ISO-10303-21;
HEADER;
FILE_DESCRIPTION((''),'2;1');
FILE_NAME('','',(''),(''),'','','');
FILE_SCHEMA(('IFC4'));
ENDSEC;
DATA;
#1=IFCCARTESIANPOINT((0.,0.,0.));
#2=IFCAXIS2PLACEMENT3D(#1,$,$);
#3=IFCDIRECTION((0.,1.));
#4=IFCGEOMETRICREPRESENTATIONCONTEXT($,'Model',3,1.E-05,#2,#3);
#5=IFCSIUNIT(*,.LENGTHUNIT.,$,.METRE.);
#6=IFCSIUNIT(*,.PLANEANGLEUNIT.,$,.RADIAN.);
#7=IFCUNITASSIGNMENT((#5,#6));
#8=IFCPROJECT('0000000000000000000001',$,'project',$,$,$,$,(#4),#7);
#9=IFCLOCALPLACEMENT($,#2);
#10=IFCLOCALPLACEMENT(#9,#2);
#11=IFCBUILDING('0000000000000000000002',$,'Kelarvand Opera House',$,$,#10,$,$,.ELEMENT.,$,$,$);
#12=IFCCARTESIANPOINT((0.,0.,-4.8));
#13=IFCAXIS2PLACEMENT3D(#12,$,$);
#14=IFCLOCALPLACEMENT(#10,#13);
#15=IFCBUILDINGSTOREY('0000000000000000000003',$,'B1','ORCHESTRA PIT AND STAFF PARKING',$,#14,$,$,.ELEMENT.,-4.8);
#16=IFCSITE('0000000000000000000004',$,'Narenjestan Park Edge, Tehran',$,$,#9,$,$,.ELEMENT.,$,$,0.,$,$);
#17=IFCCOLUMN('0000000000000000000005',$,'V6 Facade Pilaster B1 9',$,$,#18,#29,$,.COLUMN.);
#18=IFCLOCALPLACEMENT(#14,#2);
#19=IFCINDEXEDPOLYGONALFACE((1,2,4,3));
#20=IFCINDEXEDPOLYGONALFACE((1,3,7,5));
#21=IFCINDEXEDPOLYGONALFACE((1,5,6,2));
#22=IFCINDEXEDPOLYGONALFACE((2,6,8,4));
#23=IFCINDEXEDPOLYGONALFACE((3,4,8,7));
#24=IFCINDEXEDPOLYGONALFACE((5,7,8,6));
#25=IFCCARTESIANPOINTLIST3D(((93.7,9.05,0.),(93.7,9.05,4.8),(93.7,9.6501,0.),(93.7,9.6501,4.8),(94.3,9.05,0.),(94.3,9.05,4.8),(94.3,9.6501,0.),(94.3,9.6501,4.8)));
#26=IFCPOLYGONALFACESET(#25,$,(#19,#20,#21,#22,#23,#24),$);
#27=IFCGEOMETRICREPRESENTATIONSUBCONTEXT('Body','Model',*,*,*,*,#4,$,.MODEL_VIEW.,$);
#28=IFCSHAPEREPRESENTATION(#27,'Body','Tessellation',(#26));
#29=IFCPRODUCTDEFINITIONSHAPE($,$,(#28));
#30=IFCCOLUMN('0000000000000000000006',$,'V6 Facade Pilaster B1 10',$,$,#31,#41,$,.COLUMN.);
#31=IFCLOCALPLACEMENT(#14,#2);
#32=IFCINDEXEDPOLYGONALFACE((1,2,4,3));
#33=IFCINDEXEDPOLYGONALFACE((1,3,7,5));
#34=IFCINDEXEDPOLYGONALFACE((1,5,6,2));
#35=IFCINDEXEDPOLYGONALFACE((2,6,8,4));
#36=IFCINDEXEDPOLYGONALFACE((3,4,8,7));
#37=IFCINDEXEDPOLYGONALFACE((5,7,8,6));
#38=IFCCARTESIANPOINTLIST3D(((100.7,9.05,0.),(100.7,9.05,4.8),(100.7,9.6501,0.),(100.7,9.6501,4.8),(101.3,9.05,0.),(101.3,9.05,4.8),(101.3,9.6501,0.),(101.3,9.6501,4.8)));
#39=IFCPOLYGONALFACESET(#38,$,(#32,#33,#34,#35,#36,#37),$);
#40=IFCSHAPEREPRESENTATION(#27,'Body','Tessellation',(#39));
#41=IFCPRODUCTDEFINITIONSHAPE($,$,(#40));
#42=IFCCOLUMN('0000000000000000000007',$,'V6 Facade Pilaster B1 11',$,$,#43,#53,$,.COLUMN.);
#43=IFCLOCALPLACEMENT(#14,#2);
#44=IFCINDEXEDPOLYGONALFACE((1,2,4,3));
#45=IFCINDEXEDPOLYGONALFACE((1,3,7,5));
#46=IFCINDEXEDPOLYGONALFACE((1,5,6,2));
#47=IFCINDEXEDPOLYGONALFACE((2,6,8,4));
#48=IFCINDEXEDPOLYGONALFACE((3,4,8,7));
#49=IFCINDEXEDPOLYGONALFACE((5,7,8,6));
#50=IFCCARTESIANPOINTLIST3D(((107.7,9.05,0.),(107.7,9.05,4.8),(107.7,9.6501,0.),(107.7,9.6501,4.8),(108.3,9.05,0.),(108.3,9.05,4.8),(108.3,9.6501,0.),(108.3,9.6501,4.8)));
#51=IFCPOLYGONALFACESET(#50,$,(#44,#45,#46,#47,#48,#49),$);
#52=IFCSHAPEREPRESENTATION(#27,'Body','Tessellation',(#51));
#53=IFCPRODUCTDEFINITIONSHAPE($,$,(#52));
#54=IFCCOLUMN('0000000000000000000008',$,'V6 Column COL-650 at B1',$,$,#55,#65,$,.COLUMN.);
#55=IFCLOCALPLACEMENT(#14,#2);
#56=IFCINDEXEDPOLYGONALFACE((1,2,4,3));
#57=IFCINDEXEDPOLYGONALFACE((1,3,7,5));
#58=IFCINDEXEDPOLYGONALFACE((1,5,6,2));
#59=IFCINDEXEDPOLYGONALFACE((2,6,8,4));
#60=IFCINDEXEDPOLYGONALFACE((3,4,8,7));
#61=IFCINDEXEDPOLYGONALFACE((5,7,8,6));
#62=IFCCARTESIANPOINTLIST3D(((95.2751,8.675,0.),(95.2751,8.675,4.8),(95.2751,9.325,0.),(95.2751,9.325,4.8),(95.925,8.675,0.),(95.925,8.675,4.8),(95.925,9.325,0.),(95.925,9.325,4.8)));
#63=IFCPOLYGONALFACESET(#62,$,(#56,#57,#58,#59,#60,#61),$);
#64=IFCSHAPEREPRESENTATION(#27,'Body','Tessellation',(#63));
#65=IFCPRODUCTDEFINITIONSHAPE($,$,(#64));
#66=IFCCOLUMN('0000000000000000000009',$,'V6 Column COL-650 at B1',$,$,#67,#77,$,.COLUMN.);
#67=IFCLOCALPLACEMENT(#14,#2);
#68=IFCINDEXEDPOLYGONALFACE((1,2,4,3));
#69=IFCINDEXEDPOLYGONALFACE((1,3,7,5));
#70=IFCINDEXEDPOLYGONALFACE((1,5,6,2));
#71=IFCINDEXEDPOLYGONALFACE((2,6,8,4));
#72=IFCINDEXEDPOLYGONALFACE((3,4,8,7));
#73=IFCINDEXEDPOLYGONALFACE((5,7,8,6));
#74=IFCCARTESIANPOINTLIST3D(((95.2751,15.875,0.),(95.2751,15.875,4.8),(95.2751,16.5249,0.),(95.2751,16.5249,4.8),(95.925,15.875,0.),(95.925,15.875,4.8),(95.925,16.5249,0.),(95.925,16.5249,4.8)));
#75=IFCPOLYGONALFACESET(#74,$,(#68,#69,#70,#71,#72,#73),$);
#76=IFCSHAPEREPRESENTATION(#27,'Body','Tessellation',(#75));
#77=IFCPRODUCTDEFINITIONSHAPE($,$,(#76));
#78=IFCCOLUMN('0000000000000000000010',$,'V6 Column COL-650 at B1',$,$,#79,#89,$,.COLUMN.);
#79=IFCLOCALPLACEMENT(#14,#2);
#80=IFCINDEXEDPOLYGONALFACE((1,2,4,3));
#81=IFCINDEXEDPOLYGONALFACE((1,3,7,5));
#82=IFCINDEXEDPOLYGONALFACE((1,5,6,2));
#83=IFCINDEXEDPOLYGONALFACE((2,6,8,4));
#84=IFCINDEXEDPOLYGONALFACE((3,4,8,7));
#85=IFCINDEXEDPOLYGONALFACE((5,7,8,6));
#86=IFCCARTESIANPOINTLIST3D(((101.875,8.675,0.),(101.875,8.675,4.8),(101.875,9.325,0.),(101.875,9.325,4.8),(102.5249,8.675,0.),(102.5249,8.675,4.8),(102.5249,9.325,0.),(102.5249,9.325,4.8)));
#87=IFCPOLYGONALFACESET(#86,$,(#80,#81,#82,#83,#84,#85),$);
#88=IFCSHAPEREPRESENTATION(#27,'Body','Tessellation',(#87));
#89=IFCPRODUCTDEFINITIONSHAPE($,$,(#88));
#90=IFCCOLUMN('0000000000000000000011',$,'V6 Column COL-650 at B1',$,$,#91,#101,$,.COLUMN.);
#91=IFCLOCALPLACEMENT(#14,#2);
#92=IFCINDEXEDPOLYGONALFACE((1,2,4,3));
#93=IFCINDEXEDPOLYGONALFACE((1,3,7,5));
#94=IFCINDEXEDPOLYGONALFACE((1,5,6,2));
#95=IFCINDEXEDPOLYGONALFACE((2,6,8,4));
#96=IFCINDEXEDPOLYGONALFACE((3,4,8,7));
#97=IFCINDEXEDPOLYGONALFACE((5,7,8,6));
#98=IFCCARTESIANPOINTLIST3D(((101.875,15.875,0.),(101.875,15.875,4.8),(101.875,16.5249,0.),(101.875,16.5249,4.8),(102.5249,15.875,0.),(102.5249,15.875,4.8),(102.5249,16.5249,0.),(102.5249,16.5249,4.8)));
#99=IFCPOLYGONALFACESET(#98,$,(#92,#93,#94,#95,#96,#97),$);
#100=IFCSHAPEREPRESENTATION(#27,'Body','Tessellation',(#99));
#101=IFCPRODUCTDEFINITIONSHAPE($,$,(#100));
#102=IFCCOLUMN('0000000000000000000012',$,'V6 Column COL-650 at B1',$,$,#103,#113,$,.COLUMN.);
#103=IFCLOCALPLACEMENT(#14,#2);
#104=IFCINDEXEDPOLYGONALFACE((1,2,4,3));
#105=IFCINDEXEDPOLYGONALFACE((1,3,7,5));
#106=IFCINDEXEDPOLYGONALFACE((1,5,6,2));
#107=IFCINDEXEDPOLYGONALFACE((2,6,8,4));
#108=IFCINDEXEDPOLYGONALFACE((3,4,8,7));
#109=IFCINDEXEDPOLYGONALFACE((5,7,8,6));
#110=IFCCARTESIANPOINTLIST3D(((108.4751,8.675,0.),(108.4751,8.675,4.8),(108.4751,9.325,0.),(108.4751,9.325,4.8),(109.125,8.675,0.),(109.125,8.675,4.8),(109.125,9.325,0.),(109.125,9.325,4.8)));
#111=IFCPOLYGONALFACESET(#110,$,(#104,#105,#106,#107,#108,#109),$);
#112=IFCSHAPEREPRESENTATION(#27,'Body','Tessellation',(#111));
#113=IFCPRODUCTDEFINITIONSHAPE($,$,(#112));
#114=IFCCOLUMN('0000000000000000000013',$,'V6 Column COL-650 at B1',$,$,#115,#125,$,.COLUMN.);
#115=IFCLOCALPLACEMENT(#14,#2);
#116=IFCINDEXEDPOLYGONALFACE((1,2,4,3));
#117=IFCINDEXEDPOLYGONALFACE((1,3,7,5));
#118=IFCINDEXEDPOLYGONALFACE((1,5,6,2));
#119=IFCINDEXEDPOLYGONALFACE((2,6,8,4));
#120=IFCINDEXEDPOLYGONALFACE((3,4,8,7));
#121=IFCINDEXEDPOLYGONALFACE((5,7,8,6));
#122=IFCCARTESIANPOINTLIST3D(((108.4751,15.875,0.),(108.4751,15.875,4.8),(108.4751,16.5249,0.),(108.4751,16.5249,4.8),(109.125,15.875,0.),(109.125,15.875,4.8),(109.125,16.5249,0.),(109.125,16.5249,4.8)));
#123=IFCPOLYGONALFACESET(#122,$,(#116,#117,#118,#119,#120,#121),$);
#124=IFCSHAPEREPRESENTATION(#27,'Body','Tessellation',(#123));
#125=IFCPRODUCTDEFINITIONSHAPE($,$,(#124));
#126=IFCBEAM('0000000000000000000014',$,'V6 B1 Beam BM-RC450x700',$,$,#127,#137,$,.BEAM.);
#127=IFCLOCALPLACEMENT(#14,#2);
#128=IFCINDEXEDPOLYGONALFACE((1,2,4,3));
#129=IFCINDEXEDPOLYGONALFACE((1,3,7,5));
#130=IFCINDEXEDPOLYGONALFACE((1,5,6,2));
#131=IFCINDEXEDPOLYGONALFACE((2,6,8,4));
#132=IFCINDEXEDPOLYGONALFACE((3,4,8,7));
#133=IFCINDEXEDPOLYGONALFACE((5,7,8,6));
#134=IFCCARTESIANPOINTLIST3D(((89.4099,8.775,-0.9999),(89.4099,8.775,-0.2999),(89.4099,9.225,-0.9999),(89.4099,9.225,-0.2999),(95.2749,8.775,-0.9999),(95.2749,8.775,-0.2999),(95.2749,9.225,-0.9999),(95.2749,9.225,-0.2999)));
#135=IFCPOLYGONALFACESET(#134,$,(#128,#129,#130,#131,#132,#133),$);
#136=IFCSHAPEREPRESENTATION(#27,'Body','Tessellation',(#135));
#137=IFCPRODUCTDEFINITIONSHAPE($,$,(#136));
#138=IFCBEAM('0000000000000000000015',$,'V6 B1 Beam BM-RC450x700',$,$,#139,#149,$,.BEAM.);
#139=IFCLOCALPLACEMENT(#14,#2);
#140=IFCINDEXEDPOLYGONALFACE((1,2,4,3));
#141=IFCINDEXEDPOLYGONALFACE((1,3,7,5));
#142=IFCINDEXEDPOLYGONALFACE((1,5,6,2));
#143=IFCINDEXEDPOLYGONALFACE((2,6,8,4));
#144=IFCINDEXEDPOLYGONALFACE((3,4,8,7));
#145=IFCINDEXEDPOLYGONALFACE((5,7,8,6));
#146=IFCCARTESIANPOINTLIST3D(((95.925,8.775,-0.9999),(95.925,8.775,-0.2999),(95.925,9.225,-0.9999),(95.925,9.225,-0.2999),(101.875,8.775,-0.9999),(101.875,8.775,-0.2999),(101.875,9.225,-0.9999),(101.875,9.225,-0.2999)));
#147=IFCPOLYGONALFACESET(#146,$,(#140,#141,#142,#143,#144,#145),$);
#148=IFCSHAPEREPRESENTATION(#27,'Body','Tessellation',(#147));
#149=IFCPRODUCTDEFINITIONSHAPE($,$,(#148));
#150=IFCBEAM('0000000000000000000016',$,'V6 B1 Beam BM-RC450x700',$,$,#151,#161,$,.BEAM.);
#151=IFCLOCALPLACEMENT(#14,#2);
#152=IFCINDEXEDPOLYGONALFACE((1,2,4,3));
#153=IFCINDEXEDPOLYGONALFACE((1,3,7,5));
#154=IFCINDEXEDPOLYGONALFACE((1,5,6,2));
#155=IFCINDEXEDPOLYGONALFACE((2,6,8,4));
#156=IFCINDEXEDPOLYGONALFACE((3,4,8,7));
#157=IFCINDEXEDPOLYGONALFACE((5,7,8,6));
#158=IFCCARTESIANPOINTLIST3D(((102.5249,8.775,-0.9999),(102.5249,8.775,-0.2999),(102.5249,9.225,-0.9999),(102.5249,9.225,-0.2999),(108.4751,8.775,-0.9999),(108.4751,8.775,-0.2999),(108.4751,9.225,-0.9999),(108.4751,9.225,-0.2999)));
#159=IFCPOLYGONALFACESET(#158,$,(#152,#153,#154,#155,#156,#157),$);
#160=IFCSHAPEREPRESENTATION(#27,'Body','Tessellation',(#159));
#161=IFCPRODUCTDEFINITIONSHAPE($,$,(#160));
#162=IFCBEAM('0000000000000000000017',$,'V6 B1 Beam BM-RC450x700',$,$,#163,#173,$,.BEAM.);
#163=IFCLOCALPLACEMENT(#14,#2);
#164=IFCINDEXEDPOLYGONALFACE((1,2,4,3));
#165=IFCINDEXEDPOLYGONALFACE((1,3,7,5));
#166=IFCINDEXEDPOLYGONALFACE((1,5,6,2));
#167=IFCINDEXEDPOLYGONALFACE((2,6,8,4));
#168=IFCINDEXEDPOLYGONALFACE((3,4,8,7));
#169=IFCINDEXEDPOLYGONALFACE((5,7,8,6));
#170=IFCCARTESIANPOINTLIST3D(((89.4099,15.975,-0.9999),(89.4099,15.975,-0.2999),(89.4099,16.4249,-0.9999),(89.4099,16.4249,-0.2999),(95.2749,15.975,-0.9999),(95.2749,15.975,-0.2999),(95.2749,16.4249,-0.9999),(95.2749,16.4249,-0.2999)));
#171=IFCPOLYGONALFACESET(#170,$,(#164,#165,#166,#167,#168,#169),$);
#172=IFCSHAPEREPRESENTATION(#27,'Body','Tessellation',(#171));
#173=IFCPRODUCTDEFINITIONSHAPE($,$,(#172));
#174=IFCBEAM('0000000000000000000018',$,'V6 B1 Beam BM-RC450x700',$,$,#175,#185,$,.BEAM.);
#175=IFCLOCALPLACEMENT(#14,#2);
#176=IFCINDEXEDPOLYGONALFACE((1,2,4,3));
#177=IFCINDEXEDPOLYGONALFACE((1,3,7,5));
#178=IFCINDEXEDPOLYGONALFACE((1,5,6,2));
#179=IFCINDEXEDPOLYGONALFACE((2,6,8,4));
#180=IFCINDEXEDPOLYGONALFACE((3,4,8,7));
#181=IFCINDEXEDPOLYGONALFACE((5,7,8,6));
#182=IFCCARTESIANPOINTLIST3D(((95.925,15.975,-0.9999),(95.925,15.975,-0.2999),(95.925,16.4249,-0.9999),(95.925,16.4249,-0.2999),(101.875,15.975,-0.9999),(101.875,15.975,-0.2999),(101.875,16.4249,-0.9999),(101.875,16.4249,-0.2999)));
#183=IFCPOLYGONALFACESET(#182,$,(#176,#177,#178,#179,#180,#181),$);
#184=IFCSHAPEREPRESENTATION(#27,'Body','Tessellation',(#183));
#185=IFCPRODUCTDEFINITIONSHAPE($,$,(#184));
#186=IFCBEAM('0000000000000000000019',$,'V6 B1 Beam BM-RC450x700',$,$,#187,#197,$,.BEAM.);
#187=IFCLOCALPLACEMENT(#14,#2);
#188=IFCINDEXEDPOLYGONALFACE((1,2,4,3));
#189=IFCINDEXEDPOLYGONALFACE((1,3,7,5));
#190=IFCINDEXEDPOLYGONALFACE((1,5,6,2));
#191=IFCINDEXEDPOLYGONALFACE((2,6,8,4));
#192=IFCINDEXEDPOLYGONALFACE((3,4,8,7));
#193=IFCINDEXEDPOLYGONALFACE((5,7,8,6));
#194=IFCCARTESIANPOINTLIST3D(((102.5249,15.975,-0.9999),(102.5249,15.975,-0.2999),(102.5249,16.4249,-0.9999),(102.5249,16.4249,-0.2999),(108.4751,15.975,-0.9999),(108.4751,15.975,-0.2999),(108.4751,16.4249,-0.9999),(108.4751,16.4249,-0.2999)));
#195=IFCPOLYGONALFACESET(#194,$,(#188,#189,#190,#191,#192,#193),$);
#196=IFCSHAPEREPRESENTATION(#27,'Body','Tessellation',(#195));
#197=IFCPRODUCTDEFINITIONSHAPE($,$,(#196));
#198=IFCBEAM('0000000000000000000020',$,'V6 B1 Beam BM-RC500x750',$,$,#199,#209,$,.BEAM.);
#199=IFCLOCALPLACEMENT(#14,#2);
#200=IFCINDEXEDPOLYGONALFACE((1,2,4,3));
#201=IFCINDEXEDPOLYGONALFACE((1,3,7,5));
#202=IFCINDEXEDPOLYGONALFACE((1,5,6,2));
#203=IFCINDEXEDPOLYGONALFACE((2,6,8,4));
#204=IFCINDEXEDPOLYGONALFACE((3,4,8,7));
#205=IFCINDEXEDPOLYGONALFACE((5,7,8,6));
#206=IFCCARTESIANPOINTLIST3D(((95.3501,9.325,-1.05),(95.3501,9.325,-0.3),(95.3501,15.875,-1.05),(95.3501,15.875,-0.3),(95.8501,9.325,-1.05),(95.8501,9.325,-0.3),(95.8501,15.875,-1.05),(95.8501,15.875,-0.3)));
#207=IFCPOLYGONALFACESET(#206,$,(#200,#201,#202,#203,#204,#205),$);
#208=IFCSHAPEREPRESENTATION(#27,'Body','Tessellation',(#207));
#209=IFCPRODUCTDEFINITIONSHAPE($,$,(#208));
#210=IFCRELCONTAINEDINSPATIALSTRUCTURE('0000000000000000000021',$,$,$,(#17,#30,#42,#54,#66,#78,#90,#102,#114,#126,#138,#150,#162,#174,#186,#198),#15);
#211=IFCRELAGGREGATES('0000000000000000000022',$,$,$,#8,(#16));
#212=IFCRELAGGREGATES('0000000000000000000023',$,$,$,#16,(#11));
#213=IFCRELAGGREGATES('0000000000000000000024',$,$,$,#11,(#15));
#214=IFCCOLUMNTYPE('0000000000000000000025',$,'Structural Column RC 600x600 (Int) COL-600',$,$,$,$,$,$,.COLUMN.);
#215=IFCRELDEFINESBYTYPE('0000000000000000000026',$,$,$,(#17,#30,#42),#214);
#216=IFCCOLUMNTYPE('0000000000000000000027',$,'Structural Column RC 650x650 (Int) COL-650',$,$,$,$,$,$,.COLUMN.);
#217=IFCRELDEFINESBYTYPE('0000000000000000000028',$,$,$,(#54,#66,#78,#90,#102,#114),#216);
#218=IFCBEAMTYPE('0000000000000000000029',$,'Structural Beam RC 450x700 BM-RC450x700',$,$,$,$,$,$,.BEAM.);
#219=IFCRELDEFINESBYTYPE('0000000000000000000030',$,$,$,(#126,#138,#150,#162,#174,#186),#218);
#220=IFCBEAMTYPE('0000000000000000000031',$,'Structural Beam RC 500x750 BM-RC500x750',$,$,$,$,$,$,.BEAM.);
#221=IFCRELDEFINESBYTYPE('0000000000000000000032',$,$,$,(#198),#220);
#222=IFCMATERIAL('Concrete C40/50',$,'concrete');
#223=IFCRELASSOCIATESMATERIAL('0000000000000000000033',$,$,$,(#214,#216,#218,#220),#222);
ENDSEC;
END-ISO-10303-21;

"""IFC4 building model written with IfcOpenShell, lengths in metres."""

from ifc_helpers import new_model, si_unit, direction, frame, origin, origin_2d, place, context, subcontext, project, spatial, rectangle, extrude, material, material_profile, profile_set, type_object, element, save


model = new_model("IFC4")

# Units and contexts
model_context = context("Model", 3, precision=1e-05, world=origin(), true_north=direction((0.0, 1.0)))
body_context = subcontext(model_context, "Body", "Model", "MODEL_VIEW")
ifc_project = project(units=[si_unit("LENGTHUNIT", "METRE"), si_unit("PLANEANGLEUNIT", "RADIAN")], contexts=[model_context])

# Site, building, storey
site_placement = place(None, origin())
site = spatial("IfcSite", under=ifc_project, at=site_placement, Name="Narenjestan Park Edge, Tehran", CompositionType="ELEMENT", RefElevation=0.0)
building_placement = place(site_placement, origin())
building = spatial("IfcBuilding", under=site, at=building_placement, Name="Kelarvand Opera House", CompositionType="ELEMENT")
storey_placement = place(building_placement, frame((0.0, 0.0, -4.8)))
storey = spatial("IfcBuildingStorey", under=building, at=storey_placement, Name="B1", Description="ORCHESTRA PIT AND STAFF PARKING", CompositionType="ELEMENT", Elevation=-4.8)

# Columns
ifc_material_1 = material(Name="Concrete C40/50", Category="concrete")
ifc_material_profile_1 = material_profile(ifc_material_1, rectangle(XDim=0.6001, YDim=0.6001, at=origin_2d()), Name="RC 600x600", Category="concrete")
ifc_profile_set_1 = profile_set([ifc_material_profile_1], Name="Concrete C40/50")
column_type_1 = type_object("IfcColumnType", Name="Structural Column RC 600x600 (Int) COL-600", PredefinedType="COLUMN", material=ifc_profile_set_1)
for number, where, z_axis, x_axis, name in (
    (1, (94.0, 9.3501, 0.0), (0.0, 0.0, 1.0), (1.0, 0.0, 0.0), "V6 Facade Pilaster B1 9"),
    (2, (101.0, 9.3501, 0.0), (0.0, 0.0, 1.0), (1.0, 0.0, 0.0), "V6 Facade Pilaster B1 10"),
    (3, (108.0, 9.3501, 0.0), (0.0, 0.0, 1.0), (1.0, 0.0, 0.0), "V6 Facade Pilaster B1 11"),
):
    element("IfcColumn", number, at=place(storey_placement, frame(where, z_axis=z_axis, x_axis=x_axis)), inside=storey, type_object=column_type_1, Name=name, PredefinedType="COLUMN", context=body_context, shape_type="SweptSolid", body=[
        extrude(rectangle(XDim=0.6001, YDim=0.6001, at=origin_2d()), origin(), (0.0, 0.0, 1.0), 4.8),
    ])
ifc_material_profile_2 = material_profile(ifc_material_1, rectangle(XDim=0.6499, YDim=0.6499, at=origin_2d()), Name="RC 650x650", Category="concrete")
ifc_profile_set_2 = profile_set([ifc_material_profile_2], Name="Concrete C40/50")
column_type_2 = type_object("IfcColumnType", Name="Structural Column RC 650x650 (Int) COL-650", PredefinedType="COLUMN", material=ifc_profile_set_2)
for number, where, z_axis, x_axis, name in (
    (4, (95.6001, 9.0, 0.0), (0.0, 0.0, 1.0), (1.0, 0.0, 0.0), "V6 Column COL-650 at B1"),
    (5, (95.6001, 16.2, 0.0), (0.0, 0.0, 1.0), (1.0, 0.0, 0.0), "V6 Column COL-650 at B1"),
    (6, (102.2, 9.0, 0.0), (0.0, 0.0, 1.0), (1.0, 0.0, 0.0), "V6 Column COL-650 at B1"),
    (7, (102.2, 16.2, 0.0), (0.0, 0.0, 1.0), (1.0, 0.0, 0.0), "V6 Column COL-650 at B1"),
    (8, (108.8, 9.0, 0.0), (0.0, 0.0, 1.0), (1.0, 0.0, 0.0), "V6 Column COL-650 at B1"),
    (9, (108.8, 16.2, 0.0), (0.0, 0.0, 1.0), (1.0, 0.0, 0.0), "V6 Column COL-650 at B1"),
):
    element("IfcColumn", number, at=place(storey_placement, frame(where, z_axis=z_axis, x_axis=x_axis)), inside=storey, type_object=column_type_2, Name=name, PredefinedType="COLUMN", context=body_context, shape_type="SweptSolid", body=[
        extrude(rectangle(XDim=0.6499, YDim=0.6499, at=origin_2d()), origin(), (0.0, 0.0, 1.0), 4.8),
    ])

# Beams
ifc_material_profile_3 = material_profile(ifc_material_1, rectangle(XDim=0.45, YDim=0.7, at=origin_2d()), Name="RC 450x700", Category="concrete")
ifc_profile_set_3 = profile_set([ifc_material_profile_3], Name="Concrete C40/50")
beam_type_1 = type_object("IfcBeamType", Name="Structural Beam RC 450x700 BM-RC450x700", PredefinedType="BEAM", material=ifc_profile_set_3)
beam_1_placement = place(storey_placement, frame((89.4099, 9.0, -0.6499), z_axis=(1.0, 0.0, 0.0), x_axis=(0.0, 1.0, 0.0)))
element("IfcBeam", 10, at=beam_1_placement, inside=storey, type_object=beam_type_1, Name="V6 B1 Beam BM-RC450x700", PredefinedType="BEAM", context=body_context, shape_type="SweptSolid", body=[
    extrude(rectangle(XDim=0.45, YDim=0.7, at=origin_2d()), origin(), (0.0, 0.0, 1.0), 5.865),
])
beam_2_placement = place(storey_placement, frame((95.925, 9.0, -0.6499), z_axis=(1.0, 0.0, 0.0), x_axis=(0.0, 1.0, 0.0)))
element("IfcBeam", 11, at=beam_2_placement, inside=storey, type_object=beam_type_1, Name="V6 B1 Beam BM-RC450x700", PredefinedType="BEAM", context=body_context, shape_type="SweptSolid", body=[
    extrude(rectangle(XDim=0.45, YDim=0.7, at=origin_2d()), origin(), (0.0, 0.0, 1.0), 5.95),
])
beam_3_placement = place(storey_placement, frame((102.5249, 9.0, -0.6499), z_axis=(1.0, 0.0, 0.0), x_axis=(0.0, 1.0, 0.0)))
element("IfcBeam", 12, at=beam_3_placement, inside=storey, type_object=beam_type_1, Name="V6 B1 Beam BM-RC450x700", PredefinedType="BEAM", context=body_context, shape_type="SweptSolid", body=[
    extrude(rectangle(XDim=0.45, YDim=0.7, at=origin_2d()), origin(), (0.0, 0.0, 1.0), 5.9502),
])
beam_4_placement = place(storey_placement, frame((89.4099, 16.2, -0.6499), z_axis=(1.0, 0.0, 0.0), x_axis=(0.0, 1.0, 0.0)))
element("IfcBeam", 13, at=beam_4_placement, inside=storey, type_object=beam_type_1, Name="V6 B1 Beam BM-RC450x700", PredefinedType="BEAM", context=body_context, shape_type="SweptSolid", body=[
    extrude(rectangle(XDim=0.45, YDim=0.7, at=origin_2d()), origin(), (0.0, 0.0, 1.0), 5.865),
])
beam_5_placement = place(storey_placement, frame((95.925, 16.2, -0.6499), z_axis=(1.0, 0.0, 0.0), x_axis=(0.0, 1.0, 0.0)))
element("IfcBeam", 14, at=beam_5_placement, inside=storey, type_object=beam_type_1, Name="V6 B1 Beam BM-RC450x700", PredefinedType="BEAM", context=body_context, shape_type="SweptSolid", body=[
    extrude(rectangle(XDim=0.45, YDim=0.7, at=origin_2d()), origin(), (0.0, 0.0, 1.0), 5.95),
])
beam_6_placement = place(storey_placement, frame((102.5249, 16.2, -0.6499), z_axis=(1.0, 0.0, 0.0), x_axis=(0.0, 1.0, 0.0)))
element("IfcBeam", 15, at=beam_6_placement, inside=storey, type_object=beam_type_1, Name="V6 B1 Beam BM-RC450x700", PredefinedType="BEAM", context=body_context, shape_type="SweptSolid", body=[
    extrude(rectangle(XDim=0.45, YDim=0.7, at=origin_2d()), origin(), (0.0, 0.0, 1.0), 5.9502),
])
ifc_material_profile_4 = material_profile(ifc_material_1, rectangle(XDim=0.5, YDim=0.75, at=origin_2d()), Name="RC 500x750", Category="concrete")
ifc_profile_set_4 = profile_set([ifc_material_profile_4], Name="Concrete C40/50")
beam_type_2 = type_object("IfcBeamType", Name="Structural Beam RC 500x750 BM-RC500x750", PredefinedType="BEAM", material=ifc_profile_set_4)
for number, where, z_axis, x_axis, name in (
    (16, (95.6001, 9.325, -0.675), (0.0, 1.0, 0.0), (-1.0, 0.0, 0.0), "V6 B1 Beam BM-RC500x750"),
):
    element("IfcBeam", number, at=place(storey_placement, frame(where, z_axis=z_axis, x_axis=x_axis)), inside=storey, type_object=beam_type_2, Name=name, PredefinedType="BEAM", context=body_context, shape_type="SweptSolid", body=[
        extrude(rectangle(XDim=0.5, YDim=0.75, at=origin_2d()), origin(), (0.0, 0.0, 1.0), 6.55),
    ])

save(model, "model.ifc")
